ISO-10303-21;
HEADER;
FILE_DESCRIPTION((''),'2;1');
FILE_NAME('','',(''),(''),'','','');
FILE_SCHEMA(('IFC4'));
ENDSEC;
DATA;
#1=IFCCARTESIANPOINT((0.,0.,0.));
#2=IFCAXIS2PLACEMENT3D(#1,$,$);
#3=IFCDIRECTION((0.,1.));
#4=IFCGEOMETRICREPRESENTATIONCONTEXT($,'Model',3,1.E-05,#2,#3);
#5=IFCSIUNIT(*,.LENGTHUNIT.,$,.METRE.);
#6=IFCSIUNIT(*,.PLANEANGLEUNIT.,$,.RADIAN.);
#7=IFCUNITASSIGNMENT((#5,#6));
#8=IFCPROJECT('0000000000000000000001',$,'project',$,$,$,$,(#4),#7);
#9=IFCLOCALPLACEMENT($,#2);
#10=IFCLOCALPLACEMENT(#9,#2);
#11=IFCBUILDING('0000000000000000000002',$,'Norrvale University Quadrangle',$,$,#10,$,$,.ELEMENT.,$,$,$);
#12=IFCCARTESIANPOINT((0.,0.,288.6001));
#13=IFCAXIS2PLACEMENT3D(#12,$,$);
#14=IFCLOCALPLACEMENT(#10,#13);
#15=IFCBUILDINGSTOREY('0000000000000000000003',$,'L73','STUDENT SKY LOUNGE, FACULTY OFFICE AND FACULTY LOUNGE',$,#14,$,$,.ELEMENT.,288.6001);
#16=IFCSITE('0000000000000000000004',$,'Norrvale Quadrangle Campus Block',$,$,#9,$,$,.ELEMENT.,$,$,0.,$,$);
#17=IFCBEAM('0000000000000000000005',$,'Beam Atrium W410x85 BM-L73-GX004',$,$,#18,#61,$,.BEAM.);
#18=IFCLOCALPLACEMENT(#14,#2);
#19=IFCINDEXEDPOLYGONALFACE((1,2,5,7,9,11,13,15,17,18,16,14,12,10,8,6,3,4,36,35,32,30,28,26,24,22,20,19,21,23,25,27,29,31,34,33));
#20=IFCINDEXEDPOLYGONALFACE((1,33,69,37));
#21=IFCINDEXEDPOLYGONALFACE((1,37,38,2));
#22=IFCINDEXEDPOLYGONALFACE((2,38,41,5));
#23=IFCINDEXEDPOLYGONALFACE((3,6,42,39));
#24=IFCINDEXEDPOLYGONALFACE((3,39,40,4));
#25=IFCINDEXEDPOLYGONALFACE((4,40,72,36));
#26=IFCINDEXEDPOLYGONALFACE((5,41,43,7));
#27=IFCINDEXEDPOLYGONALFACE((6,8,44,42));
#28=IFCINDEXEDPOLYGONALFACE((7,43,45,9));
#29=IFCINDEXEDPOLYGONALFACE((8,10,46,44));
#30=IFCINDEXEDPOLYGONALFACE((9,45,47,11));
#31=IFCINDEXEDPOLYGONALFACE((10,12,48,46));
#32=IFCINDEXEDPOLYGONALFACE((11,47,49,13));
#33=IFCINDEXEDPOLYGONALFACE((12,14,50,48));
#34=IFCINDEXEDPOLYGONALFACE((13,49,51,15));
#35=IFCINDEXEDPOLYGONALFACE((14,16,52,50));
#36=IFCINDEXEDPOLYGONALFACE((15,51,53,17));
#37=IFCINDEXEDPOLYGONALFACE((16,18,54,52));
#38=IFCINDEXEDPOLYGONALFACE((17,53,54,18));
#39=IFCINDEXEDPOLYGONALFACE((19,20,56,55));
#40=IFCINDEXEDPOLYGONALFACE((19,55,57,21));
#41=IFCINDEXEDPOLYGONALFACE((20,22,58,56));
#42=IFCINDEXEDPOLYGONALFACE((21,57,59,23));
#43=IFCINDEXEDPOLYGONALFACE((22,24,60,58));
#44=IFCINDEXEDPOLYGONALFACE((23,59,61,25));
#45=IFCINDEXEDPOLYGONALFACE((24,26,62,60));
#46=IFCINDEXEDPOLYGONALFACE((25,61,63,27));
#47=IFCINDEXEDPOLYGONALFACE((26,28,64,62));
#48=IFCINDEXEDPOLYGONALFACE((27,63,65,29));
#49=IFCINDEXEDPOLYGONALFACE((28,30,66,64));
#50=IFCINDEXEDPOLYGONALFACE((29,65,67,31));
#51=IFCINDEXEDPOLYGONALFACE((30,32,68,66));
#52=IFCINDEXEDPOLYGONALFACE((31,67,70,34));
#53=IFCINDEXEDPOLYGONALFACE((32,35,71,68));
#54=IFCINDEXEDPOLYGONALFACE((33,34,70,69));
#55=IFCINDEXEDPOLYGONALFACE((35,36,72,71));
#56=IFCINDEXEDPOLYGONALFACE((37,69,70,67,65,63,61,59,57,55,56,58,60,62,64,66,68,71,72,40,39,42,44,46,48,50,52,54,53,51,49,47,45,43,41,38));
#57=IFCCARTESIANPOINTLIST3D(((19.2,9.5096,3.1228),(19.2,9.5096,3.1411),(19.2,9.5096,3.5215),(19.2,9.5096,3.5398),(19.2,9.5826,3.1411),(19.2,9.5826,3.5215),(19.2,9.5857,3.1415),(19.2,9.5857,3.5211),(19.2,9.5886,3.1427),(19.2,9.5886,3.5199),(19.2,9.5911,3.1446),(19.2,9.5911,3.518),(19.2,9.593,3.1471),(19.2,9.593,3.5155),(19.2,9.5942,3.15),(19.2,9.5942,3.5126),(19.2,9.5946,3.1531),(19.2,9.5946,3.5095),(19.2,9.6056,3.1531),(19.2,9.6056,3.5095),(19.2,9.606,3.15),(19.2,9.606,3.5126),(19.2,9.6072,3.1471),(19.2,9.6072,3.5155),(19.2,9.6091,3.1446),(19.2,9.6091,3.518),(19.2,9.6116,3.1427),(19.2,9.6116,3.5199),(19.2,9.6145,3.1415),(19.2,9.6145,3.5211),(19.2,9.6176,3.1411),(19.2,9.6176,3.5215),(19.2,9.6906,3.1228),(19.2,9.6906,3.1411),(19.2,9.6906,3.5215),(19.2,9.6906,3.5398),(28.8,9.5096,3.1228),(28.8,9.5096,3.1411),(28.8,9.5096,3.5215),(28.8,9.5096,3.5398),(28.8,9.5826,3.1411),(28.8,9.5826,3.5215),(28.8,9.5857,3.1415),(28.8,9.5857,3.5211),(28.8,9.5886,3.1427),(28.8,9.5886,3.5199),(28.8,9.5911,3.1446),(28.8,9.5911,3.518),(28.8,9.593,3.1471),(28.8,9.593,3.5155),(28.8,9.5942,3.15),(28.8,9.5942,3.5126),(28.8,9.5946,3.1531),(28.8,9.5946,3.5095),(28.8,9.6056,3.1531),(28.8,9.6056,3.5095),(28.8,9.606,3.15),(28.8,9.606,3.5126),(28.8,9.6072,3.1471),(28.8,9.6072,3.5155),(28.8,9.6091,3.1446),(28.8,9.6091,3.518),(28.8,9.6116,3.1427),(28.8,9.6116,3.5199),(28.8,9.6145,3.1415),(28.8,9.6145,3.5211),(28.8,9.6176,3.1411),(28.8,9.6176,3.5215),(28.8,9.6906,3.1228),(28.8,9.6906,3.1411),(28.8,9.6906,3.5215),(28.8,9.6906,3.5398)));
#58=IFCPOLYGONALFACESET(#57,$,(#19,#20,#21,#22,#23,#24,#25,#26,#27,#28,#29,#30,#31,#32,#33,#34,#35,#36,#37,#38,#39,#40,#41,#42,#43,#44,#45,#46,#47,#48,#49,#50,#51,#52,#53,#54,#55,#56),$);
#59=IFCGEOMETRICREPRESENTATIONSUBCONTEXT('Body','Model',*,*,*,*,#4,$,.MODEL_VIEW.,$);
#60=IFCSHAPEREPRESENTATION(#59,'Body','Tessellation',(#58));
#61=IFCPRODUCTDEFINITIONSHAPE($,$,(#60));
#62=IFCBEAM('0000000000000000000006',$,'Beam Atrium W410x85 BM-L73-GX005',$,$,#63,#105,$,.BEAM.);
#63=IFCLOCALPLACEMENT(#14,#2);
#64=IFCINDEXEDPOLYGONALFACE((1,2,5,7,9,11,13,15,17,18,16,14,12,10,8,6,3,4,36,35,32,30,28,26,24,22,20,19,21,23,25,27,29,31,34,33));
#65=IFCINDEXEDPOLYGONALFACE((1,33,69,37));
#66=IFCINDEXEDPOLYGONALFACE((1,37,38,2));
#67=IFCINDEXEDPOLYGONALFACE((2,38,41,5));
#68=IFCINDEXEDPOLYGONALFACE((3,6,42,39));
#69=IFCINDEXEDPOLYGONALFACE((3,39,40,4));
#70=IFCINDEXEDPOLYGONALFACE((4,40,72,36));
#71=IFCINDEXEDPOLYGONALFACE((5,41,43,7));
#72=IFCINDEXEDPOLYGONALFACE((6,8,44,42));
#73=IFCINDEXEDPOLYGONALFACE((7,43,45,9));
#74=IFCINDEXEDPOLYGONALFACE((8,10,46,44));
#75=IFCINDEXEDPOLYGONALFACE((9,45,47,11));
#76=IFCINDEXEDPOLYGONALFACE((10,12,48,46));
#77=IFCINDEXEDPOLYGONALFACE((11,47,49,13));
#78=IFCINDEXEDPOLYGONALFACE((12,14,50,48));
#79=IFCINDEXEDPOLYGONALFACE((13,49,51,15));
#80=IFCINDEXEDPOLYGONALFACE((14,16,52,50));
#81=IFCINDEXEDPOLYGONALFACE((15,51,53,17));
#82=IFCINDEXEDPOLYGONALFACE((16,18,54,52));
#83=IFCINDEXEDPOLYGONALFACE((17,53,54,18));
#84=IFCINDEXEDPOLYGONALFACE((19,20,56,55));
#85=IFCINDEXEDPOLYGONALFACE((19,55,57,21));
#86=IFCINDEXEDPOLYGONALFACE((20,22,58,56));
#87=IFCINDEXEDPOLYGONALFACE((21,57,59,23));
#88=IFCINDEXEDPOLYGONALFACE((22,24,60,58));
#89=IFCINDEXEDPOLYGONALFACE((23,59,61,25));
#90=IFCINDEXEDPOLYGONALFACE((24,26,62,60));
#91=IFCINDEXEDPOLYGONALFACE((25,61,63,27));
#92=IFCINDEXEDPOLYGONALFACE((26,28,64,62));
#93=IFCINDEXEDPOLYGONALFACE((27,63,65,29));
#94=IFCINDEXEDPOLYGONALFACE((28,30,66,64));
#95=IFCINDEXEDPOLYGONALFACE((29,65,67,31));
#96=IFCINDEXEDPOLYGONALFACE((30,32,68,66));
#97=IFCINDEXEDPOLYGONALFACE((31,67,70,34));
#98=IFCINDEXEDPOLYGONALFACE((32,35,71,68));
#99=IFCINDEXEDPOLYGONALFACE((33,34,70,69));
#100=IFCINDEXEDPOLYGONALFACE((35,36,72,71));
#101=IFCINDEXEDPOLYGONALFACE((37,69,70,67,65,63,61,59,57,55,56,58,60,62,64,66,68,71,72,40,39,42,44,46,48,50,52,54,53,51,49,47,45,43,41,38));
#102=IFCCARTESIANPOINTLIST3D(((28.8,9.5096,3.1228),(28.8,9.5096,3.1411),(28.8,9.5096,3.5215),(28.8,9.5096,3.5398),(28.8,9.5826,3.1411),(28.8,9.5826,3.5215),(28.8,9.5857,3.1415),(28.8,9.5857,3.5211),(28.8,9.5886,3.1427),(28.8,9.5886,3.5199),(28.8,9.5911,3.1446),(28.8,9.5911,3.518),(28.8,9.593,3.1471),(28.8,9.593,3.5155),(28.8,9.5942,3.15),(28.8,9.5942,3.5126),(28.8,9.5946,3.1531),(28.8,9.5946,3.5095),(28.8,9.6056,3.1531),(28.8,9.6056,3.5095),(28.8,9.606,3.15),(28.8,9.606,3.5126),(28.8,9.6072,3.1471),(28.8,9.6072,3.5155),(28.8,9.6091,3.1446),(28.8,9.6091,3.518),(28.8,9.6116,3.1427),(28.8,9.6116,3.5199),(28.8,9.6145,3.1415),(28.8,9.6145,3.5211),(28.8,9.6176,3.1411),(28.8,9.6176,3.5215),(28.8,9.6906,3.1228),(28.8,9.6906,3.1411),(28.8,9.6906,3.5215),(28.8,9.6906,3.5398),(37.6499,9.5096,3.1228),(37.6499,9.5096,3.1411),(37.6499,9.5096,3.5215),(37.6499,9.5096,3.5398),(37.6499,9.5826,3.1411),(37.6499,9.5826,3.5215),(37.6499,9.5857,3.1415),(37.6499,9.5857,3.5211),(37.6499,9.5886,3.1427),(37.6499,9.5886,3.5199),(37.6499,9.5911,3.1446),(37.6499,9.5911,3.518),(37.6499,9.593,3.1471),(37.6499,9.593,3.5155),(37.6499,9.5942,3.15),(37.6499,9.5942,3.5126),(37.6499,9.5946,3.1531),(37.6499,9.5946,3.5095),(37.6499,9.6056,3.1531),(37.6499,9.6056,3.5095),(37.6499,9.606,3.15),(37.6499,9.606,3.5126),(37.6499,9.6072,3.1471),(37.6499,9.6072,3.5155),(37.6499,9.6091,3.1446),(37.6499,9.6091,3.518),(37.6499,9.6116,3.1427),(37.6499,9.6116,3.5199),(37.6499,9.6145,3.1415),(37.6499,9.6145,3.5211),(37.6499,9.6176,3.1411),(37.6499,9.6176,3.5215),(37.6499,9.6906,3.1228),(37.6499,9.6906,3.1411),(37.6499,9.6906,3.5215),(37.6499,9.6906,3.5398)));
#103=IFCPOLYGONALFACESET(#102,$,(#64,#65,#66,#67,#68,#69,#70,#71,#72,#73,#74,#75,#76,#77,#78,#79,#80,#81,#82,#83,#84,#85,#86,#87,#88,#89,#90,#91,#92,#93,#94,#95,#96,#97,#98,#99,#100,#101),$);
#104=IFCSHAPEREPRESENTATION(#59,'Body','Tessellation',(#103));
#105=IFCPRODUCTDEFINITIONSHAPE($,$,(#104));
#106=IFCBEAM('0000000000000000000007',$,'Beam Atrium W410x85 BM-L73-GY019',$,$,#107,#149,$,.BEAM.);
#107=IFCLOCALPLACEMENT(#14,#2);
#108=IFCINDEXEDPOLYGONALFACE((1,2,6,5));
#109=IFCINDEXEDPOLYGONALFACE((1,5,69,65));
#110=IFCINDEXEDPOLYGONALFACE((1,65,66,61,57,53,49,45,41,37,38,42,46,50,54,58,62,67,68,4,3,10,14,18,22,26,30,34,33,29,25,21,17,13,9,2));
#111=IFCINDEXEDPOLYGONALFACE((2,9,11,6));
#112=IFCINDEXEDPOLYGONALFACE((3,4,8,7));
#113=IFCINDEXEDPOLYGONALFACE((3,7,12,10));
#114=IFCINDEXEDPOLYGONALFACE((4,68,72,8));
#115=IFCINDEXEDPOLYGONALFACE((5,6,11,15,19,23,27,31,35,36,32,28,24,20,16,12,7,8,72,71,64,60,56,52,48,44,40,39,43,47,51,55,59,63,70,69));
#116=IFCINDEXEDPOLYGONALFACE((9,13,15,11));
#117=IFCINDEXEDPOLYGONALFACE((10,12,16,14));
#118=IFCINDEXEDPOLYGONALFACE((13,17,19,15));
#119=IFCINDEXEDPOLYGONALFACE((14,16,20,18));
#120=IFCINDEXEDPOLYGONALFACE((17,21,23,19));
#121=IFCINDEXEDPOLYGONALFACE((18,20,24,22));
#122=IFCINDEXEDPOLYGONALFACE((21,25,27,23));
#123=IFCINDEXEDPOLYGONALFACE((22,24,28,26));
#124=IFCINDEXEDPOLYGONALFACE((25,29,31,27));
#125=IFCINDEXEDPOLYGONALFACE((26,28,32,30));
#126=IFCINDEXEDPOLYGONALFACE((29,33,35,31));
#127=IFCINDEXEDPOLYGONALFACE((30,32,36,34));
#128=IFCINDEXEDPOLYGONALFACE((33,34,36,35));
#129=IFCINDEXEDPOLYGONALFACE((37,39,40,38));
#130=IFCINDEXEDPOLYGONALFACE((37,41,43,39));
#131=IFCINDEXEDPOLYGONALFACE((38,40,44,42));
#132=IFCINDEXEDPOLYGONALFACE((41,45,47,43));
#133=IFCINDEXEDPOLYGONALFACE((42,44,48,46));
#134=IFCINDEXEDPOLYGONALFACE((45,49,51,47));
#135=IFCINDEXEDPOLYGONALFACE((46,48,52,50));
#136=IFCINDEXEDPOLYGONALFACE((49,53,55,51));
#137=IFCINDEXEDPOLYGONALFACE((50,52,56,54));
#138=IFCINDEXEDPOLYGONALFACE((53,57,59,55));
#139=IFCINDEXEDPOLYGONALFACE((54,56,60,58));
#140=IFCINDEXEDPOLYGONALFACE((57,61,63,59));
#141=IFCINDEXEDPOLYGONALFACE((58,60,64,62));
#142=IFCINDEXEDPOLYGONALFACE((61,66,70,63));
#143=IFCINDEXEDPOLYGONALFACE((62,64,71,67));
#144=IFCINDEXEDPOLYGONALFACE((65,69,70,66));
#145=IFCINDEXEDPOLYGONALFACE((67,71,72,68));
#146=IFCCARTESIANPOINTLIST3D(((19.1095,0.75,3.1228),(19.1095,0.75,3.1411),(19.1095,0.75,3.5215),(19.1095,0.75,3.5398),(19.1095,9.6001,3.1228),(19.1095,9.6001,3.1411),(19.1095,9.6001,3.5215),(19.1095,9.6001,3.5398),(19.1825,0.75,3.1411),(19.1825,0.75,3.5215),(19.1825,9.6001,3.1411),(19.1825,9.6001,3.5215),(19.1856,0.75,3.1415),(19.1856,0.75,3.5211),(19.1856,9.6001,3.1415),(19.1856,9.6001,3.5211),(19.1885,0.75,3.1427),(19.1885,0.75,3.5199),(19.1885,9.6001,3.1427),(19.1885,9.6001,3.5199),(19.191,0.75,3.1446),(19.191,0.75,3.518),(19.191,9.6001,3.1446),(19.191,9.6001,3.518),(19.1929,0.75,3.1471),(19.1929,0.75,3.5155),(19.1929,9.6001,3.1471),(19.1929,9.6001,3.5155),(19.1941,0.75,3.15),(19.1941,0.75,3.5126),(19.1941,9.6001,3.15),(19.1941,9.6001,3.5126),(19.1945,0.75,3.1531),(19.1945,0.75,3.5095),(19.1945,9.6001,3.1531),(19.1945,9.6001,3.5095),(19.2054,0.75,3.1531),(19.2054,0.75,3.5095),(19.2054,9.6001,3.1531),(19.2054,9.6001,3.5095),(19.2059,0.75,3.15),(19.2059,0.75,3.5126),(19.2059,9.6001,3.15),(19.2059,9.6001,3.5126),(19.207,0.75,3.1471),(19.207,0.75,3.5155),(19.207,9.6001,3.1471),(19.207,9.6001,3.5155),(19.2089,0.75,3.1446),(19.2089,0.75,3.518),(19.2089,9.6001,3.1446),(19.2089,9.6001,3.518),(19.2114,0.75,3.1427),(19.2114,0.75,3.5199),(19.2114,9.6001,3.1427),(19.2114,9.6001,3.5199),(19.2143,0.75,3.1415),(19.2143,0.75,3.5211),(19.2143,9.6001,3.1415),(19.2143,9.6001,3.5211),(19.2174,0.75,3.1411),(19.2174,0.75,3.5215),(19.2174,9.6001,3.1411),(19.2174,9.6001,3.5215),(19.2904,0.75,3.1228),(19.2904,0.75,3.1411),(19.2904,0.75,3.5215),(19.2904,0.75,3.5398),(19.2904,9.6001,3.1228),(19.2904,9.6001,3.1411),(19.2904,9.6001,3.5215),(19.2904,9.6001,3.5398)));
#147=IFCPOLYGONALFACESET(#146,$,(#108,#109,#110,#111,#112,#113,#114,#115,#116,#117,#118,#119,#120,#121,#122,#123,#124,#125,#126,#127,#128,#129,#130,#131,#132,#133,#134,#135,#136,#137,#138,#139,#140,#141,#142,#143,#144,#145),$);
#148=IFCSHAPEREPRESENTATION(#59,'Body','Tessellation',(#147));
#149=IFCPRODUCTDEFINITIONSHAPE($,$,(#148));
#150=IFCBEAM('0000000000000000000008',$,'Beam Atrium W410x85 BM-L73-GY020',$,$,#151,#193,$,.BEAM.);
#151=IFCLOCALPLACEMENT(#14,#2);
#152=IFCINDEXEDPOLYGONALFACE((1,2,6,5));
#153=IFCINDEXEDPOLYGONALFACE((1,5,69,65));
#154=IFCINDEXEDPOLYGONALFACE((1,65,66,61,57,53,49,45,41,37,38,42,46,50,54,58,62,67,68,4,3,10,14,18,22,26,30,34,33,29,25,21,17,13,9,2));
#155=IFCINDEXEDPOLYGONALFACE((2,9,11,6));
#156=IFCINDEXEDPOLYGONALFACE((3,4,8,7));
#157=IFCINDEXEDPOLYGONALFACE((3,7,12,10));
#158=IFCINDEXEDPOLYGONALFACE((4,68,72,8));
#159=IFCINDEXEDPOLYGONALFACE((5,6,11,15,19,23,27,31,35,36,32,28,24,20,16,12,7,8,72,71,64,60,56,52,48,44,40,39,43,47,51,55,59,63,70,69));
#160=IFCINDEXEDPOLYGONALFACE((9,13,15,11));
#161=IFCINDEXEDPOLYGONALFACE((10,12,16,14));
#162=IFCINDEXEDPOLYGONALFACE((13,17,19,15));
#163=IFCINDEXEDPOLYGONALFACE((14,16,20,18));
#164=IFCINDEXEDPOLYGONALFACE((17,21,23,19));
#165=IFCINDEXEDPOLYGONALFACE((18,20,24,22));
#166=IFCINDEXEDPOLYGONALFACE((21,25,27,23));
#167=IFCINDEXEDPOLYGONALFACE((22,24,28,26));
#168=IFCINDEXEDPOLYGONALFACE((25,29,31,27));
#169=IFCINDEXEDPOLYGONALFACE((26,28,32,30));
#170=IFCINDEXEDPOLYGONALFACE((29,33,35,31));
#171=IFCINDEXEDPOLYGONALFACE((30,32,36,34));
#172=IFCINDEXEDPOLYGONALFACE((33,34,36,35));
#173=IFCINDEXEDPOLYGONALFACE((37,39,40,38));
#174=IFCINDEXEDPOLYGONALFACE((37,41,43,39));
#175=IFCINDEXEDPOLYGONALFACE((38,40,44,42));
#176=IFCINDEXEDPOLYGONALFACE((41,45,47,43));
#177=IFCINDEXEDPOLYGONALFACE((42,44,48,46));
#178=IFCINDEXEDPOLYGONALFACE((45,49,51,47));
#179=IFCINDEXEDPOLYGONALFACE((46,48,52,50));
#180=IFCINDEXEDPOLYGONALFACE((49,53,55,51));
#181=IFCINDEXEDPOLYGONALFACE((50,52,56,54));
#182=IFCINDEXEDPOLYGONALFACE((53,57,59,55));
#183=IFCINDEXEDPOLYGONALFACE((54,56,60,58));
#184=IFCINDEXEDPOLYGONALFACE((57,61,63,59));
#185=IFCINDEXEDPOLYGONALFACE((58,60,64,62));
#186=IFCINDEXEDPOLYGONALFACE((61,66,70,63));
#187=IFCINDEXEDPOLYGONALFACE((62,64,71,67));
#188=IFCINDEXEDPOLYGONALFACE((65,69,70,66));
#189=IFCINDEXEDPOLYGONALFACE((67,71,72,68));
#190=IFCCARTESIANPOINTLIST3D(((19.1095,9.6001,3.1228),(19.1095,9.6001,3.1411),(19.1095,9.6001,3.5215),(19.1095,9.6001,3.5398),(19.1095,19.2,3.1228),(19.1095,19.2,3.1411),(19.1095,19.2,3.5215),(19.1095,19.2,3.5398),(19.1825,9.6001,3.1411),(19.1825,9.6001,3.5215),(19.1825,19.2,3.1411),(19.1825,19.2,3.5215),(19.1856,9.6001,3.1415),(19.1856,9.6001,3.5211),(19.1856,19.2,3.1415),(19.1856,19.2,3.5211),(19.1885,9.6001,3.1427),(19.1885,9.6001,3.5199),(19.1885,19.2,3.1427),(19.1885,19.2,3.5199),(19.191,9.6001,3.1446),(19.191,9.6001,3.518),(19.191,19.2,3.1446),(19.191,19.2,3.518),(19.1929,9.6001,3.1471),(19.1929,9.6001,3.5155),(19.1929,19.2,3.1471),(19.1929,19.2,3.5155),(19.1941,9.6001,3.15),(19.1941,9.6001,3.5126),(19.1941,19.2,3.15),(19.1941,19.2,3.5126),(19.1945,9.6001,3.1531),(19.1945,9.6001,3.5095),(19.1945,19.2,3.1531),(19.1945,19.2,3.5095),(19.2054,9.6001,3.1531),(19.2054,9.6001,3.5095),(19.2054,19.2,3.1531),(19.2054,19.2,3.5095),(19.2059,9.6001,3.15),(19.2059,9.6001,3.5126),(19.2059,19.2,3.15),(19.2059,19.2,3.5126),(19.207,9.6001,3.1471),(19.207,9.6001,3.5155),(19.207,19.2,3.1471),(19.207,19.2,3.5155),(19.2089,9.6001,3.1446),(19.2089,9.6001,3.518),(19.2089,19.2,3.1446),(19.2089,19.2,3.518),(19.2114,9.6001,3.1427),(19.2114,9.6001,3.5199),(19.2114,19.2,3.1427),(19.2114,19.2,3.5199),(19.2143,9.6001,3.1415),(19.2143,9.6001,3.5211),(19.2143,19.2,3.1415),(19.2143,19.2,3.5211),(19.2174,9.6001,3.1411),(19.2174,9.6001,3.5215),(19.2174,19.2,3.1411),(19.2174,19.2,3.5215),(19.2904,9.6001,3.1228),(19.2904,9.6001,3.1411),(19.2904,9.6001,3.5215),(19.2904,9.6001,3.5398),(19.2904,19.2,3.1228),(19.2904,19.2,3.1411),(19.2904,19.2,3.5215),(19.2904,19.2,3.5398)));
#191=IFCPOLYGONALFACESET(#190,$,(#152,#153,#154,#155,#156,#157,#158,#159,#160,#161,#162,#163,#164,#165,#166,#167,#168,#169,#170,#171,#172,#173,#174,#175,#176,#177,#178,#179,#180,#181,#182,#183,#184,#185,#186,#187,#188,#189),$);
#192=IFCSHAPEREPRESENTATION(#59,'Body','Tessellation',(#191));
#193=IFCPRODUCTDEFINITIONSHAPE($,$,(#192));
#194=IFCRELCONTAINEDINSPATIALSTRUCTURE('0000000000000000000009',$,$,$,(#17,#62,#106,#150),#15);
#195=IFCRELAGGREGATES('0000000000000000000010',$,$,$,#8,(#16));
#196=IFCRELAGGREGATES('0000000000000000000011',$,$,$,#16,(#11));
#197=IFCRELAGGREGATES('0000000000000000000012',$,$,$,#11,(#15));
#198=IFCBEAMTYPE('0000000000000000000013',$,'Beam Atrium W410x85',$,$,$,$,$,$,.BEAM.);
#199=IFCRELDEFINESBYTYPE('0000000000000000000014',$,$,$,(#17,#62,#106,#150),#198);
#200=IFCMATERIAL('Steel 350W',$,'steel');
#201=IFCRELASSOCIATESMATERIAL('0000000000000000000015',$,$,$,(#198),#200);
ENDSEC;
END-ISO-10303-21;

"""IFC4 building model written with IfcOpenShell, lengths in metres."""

from ifc_helpers import new_model, si_unit, direction, frame, origin, origin_2d, place, context, subcontext, project, spatial, i_section, extrude, material, material_profile, profile_set, type_object, element, save


model = new_model("IFC4")

# Units and contexts
model_context = context("Model", 3, precision=1e-05, world=origin(), true_north=direction((0.0, 1.0)))
body_context = subcontext(model_context, "Body", "Model", "MODEL_VIEW")
ifc_project = project(units=[si_unit("LENGTHUNIT", "METRE"), si_unit("PLANEANGLEUNIT", "RADIAN")], contexts=[model_context])

# Site, building, storey
site_placement = place(None, origin())
site = spatial("IfcSite", under=ifc_project, at=site_placement, Name="Norrvale Quadrangle Campus Block", CompositionType="ELEMENT", RefElevation=0.0)
building_placement = place(site_placement, origin())
building = spatial("IfcBuilding", under=site, at=building_placement, Name="Norrvale University Quadrangle", CompositionType="ELEMENT")
storey_placement = place(building_placement, frame((0.0, 0.0, 288.6001)))
storey = spatial("IfcBuildingStorey", under=building, at=storey_placement, Name="L73", Description="STUDENT SKY LOUNGE, FACULTY OFFICE AND FACULTY LOUNGE", CompositionType="ELEMENT", Elevation=288.6001)

# Beams
ifc_material_1 = material(Name="Steel 350W", Category="steel")
ifc_material_profile_1 = material_profile(ifc_material_1, i_section(OverallWidth=0.1809, OverallDepth=0.417, WebThickness=0.011, FlangeThickness=0.0183, FilletRadius=0.012, at=origin_2d()), Name="Steel 350W")
ifc_profile_set_1 = profile_set([ifc_material_profile_1], Name="Steel 350W")
beam_type_1 = type_object("IfcBeamType", Name="Beam Atrium W410x85", PredefinedType="BEAM", material=ifc_profile_set_1)
beam_1_placement = place(storey_placement, frame((19.2, 9.6001, 3.3313), z_axis=(1.0, 0.0, 0.0), x_axis=(0.0, 1.0, 0.0)))
element("IfcBeam", 1, at=beam_1_placement, inside=storey, type_object=beam_type_1, Name="Beam Atrium W410x85 BM-L73-GX004", PredefinedType="BEAM", context=body_context, shape_type="SweptSolid", body=[
    extrude(i_section(OverallWidth=0.1809, OverallDepth=0.417, WebThickness=0.011, FlangeThickness=0.0183, FilletRadius=0.012, at=origin_2d()), origin(), (0.0, 0.0, 1.0), 9.6001),
])
beam_2_placement = place(storey_placement, frame((28.8, 9.6001, 3.3313), z_axis=(1.0, 0.0, 0.0), x_axis=(0.0, 1.0, 0.0)))
element("IfcBeam", 2, at=beam_2_placement, inside=storey, type_object=beam_type_1, Name="Beam Atrium W410x85 BM-L73-GX005", PredefinedType="BEAM", context=body_context, shape_type="SweptSolid", body=[
    extrude(i_section(OverallWidth=0.1809, OverallDepth=0.417, WebThickness=0.011, FlangeThickness=0.0183, FilletRadius=0.012, at=origin_2d()), origin(), (0.0, 0.0, 1.0), 8.8499),
])
beam_3_placement = place(storey_placement, frame((19.2, 0.75, 3.3313), z_axis=(0.0, 1.0, 0.0), x_axis=(-1.0, 0.0, 0.0)))
element("IfcBeam", 3, at=beam_3_placement, inside=storey, type_object=beam_type_1, Name="Beam Atrium W410x85 BM-L73-GY019", PredefinedType="BEAM", context=body_context, shape_type="SweptSolid", body=[
    extrude(i_section(OverallWidth=0.1809, OverallDepth=0.417, WebThickness=0.011, FlangeThickness=0.0183, FilletRadius=0.012, at=origin_2d()), origin(), (0.0, 0.0, 1.0), 8.8501),
])
beam_4_placement = place(storey_placement, frame((19.2, 9.6001, 3.3313), z_axis=(0.0, 1.0, 0.0), x_axis=(-1.0, 0.0, 0.0)))
element("IfcBeam", 4, at=beam_4_placement, inside=storey, type_object=beam_type_1, Name="Beam Atrium W410x85 BM-L73-GY020", PredefinedType="BEAM", context=body_context, shape_type="SweptSolid", body=[
    extrude(i_section(OverallWidth=0.1809, OverallDepth=0.417, WebThickness=0.011, FlangeThickness=0.0183, FilletRadius=0.012, at=origin_2d()), origin(), (0.0, 0.0, 1.0), 9.5999),
])

save(model, "model.ifc")
